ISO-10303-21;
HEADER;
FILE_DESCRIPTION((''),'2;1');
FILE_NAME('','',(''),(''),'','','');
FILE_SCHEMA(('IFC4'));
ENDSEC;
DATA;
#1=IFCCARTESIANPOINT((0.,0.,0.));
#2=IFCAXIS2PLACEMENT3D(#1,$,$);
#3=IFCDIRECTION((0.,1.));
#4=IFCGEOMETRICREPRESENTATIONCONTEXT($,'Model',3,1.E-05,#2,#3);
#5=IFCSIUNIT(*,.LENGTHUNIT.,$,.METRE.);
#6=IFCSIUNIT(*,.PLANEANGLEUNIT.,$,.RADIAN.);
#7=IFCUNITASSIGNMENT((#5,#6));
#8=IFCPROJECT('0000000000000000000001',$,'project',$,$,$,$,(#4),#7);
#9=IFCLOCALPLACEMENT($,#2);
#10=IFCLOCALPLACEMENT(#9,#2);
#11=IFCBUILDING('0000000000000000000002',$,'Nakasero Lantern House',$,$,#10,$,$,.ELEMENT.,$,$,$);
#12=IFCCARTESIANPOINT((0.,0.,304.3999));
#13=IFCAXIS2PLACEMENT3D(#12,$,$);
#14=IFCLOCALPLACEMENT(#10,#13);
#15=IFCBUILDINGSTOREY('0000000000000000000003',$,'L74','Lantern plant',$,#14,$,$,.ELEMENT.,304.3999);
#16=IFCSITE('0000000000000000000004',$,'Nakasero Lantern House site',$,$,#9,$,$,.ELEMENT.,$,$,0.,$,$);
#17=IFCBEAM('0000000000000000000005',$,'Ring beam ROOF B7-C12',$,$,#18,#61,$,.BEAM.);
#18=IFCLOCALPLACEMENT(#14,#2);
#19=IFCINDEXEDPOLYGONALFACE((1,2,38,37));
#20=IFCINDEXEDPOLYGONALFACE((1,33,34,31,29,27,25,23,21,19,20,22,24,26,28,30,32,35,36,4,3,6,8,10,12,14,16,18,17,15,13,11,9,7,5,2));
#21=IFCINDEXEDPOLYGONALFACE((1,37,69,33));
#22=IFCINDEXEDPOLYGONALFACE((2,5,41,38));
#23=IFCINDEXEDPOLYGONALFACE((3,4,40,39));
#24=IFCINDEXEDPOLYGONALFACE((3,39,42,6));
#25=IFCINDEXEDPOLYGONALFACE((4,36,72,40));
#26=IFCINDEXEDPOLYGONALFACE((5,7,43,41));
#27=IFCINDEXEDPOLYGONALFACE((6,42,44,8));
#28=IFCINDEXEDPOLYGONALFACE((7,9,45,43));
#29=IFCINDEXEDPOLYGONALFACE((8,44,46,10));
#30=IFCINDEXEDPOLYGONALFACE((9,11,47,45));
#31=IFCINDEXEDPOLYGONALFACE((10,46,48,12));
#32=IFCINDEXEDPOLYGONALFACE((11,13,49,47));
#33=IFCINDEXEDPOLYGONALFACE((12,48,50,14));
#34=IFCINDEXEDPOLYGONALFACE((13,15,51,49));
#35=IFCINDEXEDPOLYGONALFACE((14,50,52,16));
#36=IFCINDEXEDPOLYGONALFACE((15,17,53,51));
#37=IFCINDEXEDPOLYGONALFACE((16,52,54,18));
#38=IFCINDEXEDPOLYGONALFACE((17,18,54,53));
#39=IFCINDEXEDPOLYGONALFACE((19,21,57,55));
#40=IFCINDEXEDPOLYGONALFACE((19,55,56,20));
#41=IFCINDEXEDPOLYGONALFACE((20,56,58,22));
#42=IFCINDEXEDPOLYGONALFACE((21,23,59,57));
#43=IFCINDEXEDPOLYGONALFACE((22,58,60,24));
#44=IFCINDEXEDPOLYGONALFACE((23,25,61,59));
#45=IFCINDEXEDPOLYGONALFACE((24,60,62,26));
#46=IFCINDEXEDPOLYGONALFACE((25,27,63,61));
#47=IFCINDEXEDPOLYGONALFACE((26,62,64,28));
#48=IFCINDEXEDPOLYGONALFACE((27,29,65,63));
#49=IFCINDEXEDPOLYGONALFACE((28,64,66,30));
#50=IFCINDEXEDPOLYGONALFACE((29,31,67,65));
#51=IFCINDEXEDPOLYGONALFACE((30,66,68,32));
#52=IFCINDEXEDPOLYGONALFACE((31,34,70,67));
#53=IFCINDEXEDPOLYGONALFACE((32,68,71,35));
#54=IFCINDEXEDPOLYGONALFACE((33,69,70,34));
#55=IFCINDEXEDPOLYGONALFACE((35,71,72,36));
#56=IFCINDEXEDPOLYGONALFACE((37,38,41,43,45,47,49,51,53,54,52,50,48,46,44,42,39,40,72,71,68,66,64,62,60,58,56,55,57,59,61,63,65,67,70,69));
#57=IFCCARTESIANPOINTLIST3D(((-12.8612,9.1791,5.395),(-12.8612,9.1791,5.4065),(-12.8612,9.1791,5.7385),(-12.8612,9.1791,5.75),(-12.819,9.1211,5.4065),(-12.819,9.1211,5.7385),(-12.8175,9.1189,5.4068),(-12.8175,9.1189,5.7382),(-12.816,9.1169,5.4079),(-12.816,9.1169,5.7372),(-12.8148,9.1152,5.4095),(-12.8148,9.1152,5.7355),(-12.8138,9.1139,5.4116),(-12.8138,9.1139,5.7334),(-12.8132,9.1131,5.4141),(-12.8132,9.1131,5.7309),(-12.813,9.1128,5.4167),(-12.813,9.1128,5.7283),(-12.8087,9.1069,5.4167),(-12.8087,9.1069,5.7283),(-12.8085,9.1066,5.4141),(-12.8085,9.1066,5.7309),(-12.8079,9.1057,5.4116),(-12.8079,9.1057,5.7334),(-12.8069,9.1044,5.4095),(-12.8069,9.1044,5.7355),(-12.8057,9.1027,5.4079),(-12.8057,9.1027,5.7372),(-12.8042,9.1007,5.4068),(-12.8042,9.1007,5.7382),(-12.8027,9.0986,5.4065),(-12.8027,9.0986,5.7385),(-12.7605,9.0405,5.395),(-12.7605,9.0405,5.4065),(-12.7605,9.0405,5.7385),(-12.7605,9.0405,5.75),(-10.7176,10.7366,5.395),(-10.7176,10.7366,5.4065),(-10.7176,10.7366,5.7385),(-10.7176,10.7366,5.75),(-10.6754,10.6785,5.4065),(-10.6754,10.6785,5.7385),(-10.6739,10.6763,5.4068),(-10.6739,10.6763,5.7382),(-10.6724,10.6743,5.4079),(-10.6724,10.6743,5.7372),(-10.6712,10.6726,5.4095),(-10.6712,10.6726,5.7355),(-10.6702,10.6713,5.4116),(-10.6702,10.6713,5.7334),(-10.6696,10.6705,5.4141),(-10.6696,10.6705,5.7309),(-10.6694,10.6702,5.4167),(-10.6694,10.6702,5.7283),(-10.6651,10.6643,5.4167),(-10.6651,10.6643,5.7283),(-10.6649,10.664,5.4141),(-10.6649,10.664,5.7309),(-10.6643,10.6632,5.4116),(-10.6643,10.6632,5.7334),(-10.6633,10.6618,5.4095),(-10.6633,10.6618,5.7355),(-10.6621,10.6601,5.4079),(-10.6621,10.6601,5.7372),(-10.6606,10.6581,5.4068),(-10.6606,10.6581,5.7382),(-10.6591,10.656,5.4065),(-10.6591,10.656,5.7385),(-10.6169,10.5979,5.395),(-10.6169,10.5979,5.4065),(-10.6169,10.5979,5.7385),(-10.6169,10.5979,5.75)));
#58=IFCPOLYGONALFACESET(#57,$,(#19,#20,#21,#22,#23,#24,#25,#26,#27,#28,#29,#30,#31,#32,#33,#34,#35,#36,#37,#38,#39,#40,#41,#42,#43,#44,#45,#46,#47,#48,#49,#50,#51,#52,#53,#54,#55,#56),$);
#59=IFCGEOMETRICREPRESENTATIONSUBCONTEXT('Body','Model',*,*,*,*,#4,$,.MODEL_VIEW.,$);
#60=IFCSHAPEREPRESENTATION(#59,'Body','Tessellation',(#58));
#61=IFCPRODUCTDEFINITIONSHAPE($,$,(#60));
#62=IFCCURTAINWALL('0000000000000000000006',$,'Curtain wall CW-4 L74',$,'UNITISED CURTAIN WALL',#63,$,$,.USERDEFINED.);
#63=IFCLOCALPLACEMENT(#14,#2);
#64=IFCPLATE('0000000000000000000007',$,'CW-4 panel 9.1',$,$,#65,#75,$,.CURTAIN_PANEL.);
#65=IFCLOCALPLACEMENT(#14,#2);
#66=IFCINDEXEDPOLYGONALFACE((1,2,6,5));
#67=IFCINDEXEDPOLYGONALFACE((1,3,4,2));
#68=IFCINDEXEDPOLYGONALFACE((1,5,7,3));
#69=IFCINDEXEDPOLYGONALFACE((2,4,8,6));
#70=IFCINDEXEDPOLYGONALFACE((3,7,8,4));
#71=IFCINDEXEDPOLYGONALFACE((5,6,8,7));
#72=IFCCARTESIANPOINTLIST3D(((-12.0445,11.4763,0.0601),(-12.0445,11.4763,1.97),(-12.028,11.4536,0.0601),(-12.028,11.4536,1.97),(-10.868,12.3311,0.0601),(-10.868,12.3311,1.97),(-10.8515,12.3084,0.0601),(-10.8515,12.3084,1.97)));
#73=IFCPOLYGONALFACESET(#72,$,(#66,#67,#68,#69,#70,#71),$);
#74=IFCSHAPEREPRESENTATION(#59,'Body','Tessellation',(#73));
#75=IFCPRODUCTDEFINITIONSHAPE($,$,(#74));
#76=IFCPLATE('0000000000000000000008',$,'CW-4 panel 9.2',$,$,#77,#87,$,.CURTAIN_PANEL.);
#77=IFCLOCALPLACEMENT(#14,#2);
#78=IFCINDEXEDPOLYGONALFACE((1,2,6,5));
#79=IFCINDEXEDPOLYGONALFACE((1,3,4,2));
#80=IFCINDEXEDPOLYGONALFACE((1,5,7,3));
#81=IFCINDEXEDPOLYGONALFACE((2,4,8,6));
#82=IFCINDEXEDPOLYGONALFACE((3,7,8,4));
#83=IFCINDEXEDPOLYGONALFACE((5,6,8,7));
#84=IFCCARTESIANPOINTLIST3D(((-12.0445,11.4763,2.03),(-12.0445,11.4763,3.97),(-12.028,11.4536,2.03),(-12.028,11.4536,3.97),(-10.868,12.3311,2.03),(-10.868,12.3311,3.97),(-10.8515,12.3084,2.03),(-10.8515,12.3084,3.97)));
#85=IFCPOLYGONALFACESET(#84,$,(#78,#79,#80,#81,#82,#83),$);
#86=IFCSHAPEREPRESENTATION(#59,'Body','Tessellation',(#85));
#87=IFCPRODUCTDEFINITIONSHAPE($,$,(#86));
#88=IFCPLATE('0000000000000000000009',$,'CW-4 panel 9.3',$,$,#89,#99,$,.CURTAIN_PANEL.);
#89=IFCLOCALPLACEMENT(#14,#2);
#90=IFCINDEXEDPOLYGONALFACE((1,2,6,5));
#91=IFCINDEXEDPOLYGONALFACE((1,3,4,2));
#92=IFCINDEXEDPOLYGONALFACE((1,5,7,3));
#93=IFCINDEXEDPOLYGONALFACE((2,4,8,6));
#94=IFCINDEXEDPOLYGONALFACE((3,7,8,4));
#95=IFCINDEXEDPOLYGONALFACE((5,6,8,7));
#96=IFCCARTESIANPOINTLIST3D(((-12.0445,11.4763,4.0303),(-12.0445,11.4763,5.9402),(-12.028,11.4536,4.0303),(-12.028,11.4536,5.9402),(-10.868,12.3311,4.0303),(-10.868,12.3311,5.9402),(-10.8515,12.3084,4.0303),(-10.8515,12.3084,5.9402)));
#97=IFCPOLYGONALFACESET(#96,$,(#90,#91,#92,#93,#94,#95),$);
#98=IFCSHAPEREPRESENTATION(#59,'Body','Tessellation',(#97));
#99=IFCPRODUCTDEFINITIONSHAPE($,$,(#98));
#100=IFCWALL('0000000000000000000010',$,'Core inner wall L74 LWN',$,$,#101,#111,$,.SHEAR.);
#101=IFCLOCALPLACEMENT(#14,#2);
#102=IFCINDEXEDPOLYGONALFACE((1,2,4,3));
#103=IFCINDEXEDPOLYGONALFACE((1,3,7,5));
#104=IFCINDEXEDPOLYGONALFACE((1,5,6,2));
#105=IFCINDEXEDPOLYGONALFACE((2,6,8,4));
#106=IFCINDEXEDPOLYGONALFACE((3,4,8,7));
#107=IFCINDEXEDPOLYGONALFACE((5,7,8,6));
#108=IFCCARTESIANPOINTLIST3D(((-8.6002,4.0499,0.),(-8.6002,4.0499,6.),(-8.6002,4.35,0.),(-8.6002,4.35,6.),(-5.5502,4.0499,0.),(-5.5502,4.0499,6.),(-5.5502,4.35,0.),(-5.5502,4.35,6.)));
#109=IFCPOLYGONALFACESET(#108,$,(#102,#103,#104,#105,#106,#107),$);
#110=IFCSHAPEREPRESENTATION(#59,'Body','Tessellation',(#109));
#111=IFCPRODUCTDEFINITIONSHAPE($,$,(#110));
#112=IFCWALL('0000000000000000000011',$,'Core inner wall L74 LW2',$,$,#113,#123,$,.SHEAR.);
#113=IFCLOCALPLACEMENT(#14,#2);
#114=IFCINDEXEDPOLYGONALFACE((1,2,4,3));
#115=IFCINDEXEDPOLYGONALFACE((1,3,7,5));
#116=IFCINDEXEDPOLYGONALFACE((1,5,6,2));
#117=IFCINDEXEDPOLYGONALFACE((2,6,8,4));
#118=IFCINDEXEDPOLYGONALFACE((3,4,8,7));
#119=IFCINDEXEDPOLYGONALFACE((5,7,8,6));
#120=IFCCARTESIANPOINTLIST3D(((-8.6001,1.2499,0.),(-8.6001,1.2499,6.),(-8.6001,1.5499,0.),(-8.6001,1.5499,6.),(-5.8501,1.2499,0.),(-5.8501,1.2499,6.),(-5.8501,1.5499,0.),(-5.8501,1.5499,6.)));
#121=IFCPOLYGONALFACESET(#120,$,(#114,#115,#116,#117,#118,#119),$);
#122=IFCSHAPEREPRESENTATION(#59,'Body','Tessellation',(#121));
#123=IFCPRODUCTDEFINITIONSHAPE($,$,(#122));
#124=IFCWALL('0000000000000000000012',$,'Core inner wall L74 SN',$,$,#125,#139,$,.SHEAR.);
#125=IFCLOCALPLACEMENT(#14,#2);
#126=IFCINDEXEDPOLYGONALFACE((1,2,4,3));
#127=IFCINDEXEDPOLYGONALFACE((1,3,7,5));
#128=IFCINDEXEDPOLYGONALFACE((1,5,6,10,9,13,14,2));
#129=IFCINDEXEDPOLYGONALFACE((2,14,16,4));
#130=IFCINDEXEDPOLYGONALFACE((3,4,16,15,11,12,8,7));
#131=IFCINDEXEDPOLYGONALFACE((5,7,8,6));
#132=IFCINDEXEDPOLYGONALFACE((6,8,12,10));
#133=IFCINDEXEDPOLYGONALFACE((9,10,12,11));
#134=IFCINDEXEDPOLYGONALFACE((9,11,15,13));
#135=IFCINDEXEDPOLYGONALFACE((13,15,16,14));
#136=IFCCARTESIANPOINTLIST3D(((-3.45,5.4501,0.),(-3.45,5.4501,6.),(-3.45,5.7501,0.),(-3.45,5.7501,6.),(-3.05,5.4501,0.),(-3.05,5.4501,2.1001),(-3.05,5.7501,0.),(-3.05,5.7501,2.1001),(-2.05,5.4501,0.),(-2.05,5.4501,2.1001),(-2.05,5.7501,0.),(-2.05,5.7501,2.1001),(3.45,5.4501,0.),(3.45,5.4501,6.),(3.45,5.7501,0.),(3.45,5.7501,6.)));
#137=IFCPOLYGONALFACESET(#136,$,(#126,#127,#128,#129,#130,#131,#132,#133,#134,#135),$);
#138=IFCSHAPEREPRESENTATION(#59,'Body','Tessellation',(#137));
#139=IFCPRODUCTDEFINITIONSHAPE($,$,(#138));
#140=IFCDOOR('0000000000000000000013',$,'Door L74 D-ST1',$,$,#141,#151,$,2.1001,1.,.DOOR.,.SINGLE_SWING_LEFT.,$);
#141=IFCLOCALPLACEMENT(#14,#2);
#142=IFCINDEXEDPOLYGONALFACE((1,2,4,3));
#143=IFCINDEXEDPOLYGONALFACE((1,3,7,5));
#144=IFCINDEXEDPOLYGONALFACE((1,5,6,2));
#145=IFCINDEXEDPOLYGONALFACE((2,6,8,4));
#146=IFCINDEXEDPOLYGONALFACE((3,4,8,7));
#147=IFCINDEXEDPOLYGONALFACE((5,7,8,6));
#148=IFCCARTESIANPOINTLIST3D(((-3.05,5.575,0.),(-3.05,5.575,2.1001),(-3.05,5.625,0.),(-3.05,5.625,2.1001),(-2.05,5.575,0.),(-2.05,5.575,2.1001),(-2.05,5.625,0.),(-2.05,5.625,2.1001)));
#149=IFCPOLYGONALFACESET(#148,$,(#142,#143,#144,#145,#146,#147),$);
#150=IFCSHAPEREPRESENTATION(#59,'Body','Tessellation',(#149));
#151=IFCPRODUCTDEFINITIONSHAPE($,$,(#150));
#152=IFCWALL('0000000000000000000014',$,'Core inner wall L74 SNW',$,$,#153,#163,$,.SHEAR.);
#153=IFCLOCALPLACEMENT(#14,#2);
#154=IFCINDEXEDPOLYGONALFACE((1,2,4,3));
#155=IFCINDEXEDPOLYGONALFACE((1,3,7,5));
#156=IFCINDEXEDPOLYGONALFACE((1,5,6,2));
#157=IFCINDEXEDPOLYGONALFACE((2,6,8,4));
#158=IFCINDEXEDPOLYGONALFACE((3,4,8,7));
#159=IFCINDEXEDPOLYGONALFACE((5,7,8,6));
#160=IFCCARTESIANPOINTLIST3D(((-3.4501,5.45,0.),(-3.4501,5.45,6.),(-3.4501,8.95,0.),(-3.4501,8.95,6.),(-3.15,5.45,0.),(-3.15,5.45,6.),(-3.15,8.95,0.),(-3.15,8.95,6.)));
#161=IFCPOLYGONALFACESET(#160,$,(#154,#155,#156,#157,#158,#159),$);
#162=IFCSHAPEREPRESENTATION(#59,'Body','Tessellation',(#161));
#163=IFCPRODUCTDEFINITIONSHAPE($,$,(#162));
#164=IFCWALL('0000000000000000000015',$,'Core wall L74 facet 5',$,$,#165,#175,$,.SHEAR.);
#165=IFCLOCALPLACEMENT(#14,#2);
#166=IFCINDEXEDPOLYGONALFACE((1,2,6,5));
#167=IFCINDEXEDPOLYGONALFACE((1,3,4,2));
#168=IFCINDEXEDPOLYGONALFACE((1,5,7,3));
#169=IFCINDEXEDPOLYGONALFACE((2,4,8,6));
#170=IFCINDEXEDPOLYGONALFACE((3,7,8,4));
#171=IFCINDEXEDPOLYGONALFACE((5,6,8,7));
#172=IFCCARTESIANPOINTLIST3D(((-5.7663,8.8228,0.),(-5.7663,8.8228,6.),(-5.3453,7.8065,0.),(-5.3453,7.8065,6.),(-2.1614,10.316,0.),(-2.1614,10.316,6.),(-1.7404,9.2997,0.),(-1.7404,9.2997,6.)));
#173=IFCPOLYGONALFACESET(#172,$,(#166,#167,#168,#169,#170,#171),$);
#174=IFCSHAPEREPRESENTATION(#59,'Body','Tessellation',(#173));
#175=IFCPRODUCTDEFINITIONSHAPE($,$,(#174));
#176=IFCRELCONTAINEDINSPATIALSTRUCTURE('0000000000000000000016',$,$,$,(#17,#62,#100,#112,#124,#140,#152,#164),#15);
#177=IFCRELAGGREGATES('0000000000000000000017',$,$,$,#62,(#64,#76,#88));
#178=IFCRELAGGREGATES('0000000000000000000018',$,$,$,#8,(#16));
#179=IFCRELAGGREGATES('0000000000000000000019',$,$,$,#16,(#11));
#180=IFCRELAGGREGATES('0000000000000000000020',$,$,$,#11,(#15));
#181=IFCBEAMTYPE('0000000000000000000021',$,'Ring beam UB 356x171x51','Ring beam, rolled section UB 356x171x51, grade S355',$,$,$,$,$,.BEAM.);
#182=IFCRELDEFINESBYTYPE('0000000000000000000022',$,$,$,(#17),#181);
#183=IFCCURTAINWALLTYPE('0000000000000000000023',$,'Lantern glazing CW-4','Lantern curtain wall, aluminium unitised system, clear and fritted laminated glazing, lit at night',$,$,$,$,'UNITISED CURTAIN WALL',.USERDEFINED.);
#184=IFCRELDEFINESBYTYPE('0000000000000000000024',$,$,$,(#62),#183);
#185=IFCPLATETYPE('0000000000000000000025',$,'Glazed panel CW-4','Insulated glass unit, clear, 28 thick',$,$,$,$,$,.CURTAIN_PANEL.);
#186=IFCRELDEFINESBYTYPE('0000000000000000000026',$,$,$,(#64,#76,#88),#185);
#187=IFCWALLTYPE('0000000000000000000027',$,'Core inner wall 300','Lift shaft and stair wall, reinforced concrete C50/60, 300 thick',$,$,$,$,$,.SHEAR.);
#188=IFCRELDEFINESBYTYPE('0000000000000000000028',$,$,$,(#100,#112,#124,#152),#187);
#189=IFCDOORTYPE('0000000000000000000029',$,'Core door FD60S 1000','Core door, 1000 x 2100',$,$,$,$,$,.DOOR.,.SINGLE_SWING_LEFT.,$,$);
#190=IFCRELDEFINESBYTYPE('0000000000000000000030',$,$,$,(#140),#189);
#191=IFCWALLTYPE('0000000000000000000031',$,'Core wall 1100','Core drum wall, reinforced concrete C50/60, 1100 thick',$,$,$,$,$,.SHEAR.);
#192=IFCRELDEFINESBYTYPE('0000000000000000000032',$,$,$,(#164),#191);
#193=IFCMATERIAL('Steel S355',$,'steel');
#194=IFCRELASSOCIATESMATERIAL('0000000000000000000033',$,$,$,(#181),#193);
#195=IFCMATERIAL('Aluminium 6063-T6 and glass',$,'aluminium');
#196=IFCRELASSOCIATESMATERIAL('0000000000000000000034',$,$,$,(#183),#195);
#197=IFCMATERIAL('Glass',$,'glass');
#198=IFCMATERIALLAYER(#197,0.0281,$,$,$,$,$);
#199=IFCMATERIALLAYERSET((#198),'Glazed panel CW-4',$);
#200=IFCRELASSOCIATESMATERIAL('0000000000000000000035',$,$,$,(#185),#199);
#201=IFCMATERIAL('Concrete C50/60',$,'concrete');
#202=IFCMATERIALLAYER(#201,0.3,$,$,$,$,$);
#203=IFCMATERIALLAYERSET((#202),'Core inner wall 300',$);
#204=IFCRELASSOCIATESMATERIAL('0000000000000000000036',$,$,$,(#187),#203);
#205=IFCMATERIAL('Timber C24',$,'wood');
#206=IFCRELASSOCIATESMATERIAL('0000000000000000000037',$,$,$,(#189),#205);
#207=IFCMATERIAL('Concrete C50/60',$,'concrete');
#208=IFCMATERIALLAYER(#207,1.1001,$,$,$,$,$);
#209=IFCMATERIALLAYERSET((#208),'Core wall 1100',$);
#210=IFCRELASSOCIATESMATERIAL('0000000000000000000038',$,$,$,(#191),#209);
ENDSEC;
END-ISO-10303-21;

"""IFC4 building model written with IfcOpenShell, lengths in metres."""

from ifc_helpers import new_model, si_unit, direction, frame, frame_2d, origin, origin_2d, place, context, subcontext, project, spatial, rectangle, i_section, extrude, material, layer, layer_set, material_profile, profile_set, type_object, element, fill, aggregate, save


model = new_model("IFC4")

# Units and contexts
model_context = context("Model", 3, precision=1e-05, world=origin(), true_north=direction((0.0, 1.0)))
body_context = subcontext(model_context, "Body", "Model", "MODEL_VIEW")
ifc_project = project(units=[si_unit("LENGTHUNIT", "METRE"), si_unit("PLANEANGLEUNIT", "RADIAN")], contexts=[model_context])

# Site, building, storey
site_placement = place(None, origin())
site = spatial("IfcSite", under=ifc_project, at=site_placement, Name="Nakasero Lantern House site", CompositionType="ELEMENT", RefElevation=0.0)
building_placement = place(site_placement, origin())
building = spatial("IfcBuilding", under=site, at=building_placement, Name="Nakasero Lantern House", CompositionType="ELEMENT")
storey_placement = place(building_placement, frame((0.0, 0.0, 304.3999)))
storey = spatial("IfcBuildingStorey", under=building, at=storey_placement, Name="L74", Description="Lantern plant", CompositionType="ELEMENT", Elevation=304.3999)

# Beam
ifc_material_1 = material(Name="Steel S355", Category="steel")
ifc_material_profile_1 = material_profile(ifc_material_1, i_section(OverallWidth=0.1714, OverallDepth=0.355, WebThickness=0.0073, FlangeThickness=0.0115, FilletRadius=0.0103, at=origin_2d()), Name="UB 356x171x51")
ifc_profile_set_1 = profile_set([ifc_material_profile_1], Name="Steel S355")
beam_type_1 = type_object("IfcBeamType", Name="Ring beam UB 356x171x51", Description="Ring beam, rolled section UB 356x171x51, grade S355", PredefinedType="BEAM", material=ifc_profile_set_1)
beam_1_placement = place(storey_placement, frame((-10.6672, 10.6672, 5.5725), z_axis=(-0.809019, -0.587783, 0.0), x_axis=(0.587783, -0.809019, 0.0)))
element("IfcBeam", 1, at=beam_1_placement, inside=storey, type_object=beam_type_1, Name="Ring beam ROOF B7-C12", PredefinedType="BEAM", context=body_context, shape_type="SweptSolid", body=[
    extrude(i_section(OverallWidth=0.1714, OverallDepth=0.355, WebThickness=0.0073, FlangeThickness=0.0115, FilletRadius=0.0103, at=origin_2d()), origin(), (0.0, 0.0, 1.0), 2.6497),
])

# Curtain wall, plates
ifc_material_2 = material(Name="Aluminium 6063-T6 and glass", Category="aluminium")
curtain_wall_type = type_object("IfcCurtainWallType", Name="Lantern glazing CW-4", Description="Lantern curtain wall, aluminium unitised system, clear and fritted laminated glazing, lit at night", ElementType="UNITISED CURTAIN WALL", PredefinedType="USERDEFINED", material=ifc_material_2)
curtain_wall_placement = place(storey_placement, origin())
curtain_wall = element("IfcCurtainWall", 2, at=curtain_wall_placement, inside=storey, type_object=curtain_wall_type, Name="Curtain wall CW-4 L74", ObjectType="UNITISED CURTAIN WALL", PredefinedType="USERDEFINED")
ifc_material_3 = material(Name="Glass", Category="glass")
ifc_layer_1 = layer(ifc_material_3, 0.0281)
ifc_layer_set_1 = layer_set([ifc_layer_1], Name="Glazed panel CW-4")
plate_type = type_object("IfcPlateType", Name="Glazed panel CW-4", Description="Insulated glass unit, clear, 28 thick", PredefinedType="CURTAIN_PANEL", material=ifc_layer_set_1)
plate_1_placement = place(storey_placement, frame((-11.448, 11.8923, 0.0601), z_axis=(0.0, 0.0, 1.0), x_axis=(-0.809017, -0.587785, 0.0)))
plate_1 = element("IfcPlate", 3, at=plate_1_placement, type_object=plate_type, Name="CW-4 panel 9.1", PredefinedType="CURTAIN_PANEL", context=body_context, shape_type="SweptSolid", body=[
    extrude(rectangle(XDim=1.4543, YDim=0.0281, at=origin_2d()), origin(), (0.0, 0.0, 1.0), 1.9099),
])
plate_2_placement = place(storey_placement, frame((-11.448, 11.8923, 2.03), z_axis=(0.0, 0.0, 1.0), x_axis=(-0.809017, -0.587785, 0.0)))
plate_2 = element("IfcPlate", 4, at=plate_2_placement, type_object=plate_type, Name="CW-4 panel 9.2", PredefinedType="CURTAIN_PANEL", context=body_context, shape_type="SweptSolid", body=[
    extrude(rectangle(XDim=1.4543, YDim=0.0281, at=origin_2d()), origin(), (0.0, 0.0, 1.0), 1.9399),
])
plate_3_placement = place(storey_placement, frame((-11.448, 11.8923, 4.0303), z_axis=(0.0, 0.0, 1.0), x_axis=(-0.809017, -0.587785, 0.0)))
plate_3 = element("IfcPlate", 5, at=plate_3_placement, type_object=plate_type, Name="CW-4 panel 9.3", PredefinedType="CURTAIN_PANEL", context=body_context, shape_type="SweptSolid", body=[
    extrude(rectangle(XDim=1.4543, YDim=0.0281, at=origin_2d()), origin(), (0.0, 0.0, 1.0), 1.9099),
])
aggregate(curtain_wall, [plate_1, plate_2, plate_3])

# Walls
ifc_material_4 = material(Name="Concrete C50/60", Category="concrete")
ifc_layer_2 = layer(ifc_material_4, 0.3)
ifc_layer_set_2 = layer_set([ifc_layer_2], Name="Core inner wall 300")
wall_type_1 = type_object("IfcWallType", Name="Core inner wall 300", Description="Lift shaft and stair wall, reinforced concrete C50/60, 300 thick", PredefinedType="SHEAR", material=ifc_layer_set_2)
wall_1_placement = place(storey_placement, frame((-8.6001, 4.2, 0.0), z_axis=(0.0, 0.0, 1.0), x_axis=(1.0, 0.0, 0.0)))
element("IfcWall", 6, at=wall_1_placement, inside=storey, type_object=wall_type_1, Name="Core inner wall L74 LWN", PredefinedType="SHEAR", context=body_context, shape_type="SweptSolid", body=[
    extrude(rectangle(XDim=3.05, YDim=0.3, at=frame_2d((1.5249, 0.0))), origin(), (0.0, 0.0, 1.0), 6.0),
])
wall_2_placement = place(storey_placement, frame((-8.6001, 1.3999, 0.0), z_axis=(0.0, 0.0, 1.0), x_axis=(1.0, 0.0, 0.0)))
element("IfcWall", 7, at=wall_2_placement, inside=storey, type_object=wall_type_1, Name="Core inner wall L74 LW2", PredefinedType="SHEAR", context=body_context, shape_type="SweptSolid", body=[
    extrude(rectangle(XDim=2.75, YDim=0.3, at=frame_2d((1.375, 0.0))), origin(), (0.0, 0.0, 1.0), 6.0),
])

# Wall, opening, door
wall_3_placement = place(storey_placement, frame((-3.45, 5.6001, 0.0), z_axis=(0.0, 0.0, 1.0), x_axis=(1.0, 0.0, 0.0)))
wall_3 = element("IfcWall", 8, at=wall_3_placement, inside=storey, type_object=wall_type_1, Name="Core inner wall L74 SN", PredefinedType="SHEAR", context=body_context, shape_type="SweptSolid", body=[
    extrude(rectangle(XDim=6.8999, YDim=0.3, at=frame_2d((3.45, 0.0))), origin(), (0.0, 0.0, 1.0), 6.0),
])
opening_1_placement = place(wall_3_placement, frame((0.3999, 0.0, 0.0)))
opening_1 = element("IfcOpeningElement", 9, at=opening_1_placement, cuts=wall_3, PredefinedType="OPENING", context=body_context, shape_type="SweptSolid", body=[
    extrude(rectangle(XDim=1.0, YDim=2.1001, at=frame_2d((0.5, 1.05))), frame((0.0, 0.1699, 0.0), z_axis=(0.0, -1.0, 0.0), x_axis=(1.0, 0.0, 0.0)), (0.0, 0.0, 1.0), 0.3401),
])
ifc_material_5 = material(Name="Timber C24", Category="wood")
door_type = type_object("IfcDoorType", Name="Core door FD60S 1000", Description="Core door, 1000 x 2100", OperationType="SINGLE_SWING_LEFT", PredefinedType="DOOR", material=ifc_material_5)
door_1_placement = place(opening_1_placement, origin())
door_1 = element("IfcDoor", 10, at=door_1_placement, inside=storey, type_object=door_type, Name="Door L74 D-ST1", OperationType="SINGLE_SWING_LEFT", OverallHeight=2.1001, OverallWidth=1.0, PredefinedType="DOOR", context=body_context, shape_type="SweptSolid", body=[
    extrude(rectangle(XDim=1.0, YDim=2.1001, at=frame_2d((0.5, 1.05))), frame((0.0, 0.0249, 0.0), z_axis=(0.0, -1.0, 0.0), x_axis=(1.0, 0.0, 0.0)), (0.0, 0.0, 1.0), 0.05),
])
fill(opening_1, door_1)

# Walls
wall_4_placement = place(storey_placement, frame((-3.3, 5.45, 0.0), z_axis=(0.0, 0.0, 1.0), x_axis=(0.0, 1.0, 0.0)))
element("IfcWall", 11, at=wall_4_placement, inside=storey, type_object=wall_type_1, Name="Core inner wall L74 SNW", PredefinedType="SHEAR", context=body_context, shape_type="SweptSolid", body=[
    extrude(rectangle(XDim=3.5, YDim=0.3, at=frame_2d((1.75, 0.0))), origin(), (0.0, 0.0, 1.0), 6.0),
])
ifc_material_6 = material(Name="Concrete C50/60", Category="concrete")
ifc_layer_3 = layer(ifc_material_6, 1.1001)
ifc_layer_set_3 = layer_set([ifc_layer_3], Name="Core wall 1100")
wall_type_2 = type_object("IfcWallType", Name="Core wall 1100", Description="Core drum wall, reinforced concrete C50/60, 1100 thick", PredefinedType="SHEAR", material=ifc_layer_set_3)
wall_5_placement = place(storey_placement, frame((-1.9509, 9.8079, 0.0), z_axis=(0.0, 0.0, 1.0), x_axis=(-0.923877, -0.382691, 0.0)))
element("IfcWall", 12, at=wall_5_placement, inside=storey, type_object=wall_type_2, Name="Core wall L74 facet 5", PredefinedType="SHEAR", context=body_context, shape_type="SweptSolid", body=[
    extrude(rectangle(XDim=3.9019, YDim=1.1001, at=frame_2d((1.9509, 0.0))), origin(), (0.0, 0.0, 1.0), 6.0),
])

save(model, "model.ifc")
